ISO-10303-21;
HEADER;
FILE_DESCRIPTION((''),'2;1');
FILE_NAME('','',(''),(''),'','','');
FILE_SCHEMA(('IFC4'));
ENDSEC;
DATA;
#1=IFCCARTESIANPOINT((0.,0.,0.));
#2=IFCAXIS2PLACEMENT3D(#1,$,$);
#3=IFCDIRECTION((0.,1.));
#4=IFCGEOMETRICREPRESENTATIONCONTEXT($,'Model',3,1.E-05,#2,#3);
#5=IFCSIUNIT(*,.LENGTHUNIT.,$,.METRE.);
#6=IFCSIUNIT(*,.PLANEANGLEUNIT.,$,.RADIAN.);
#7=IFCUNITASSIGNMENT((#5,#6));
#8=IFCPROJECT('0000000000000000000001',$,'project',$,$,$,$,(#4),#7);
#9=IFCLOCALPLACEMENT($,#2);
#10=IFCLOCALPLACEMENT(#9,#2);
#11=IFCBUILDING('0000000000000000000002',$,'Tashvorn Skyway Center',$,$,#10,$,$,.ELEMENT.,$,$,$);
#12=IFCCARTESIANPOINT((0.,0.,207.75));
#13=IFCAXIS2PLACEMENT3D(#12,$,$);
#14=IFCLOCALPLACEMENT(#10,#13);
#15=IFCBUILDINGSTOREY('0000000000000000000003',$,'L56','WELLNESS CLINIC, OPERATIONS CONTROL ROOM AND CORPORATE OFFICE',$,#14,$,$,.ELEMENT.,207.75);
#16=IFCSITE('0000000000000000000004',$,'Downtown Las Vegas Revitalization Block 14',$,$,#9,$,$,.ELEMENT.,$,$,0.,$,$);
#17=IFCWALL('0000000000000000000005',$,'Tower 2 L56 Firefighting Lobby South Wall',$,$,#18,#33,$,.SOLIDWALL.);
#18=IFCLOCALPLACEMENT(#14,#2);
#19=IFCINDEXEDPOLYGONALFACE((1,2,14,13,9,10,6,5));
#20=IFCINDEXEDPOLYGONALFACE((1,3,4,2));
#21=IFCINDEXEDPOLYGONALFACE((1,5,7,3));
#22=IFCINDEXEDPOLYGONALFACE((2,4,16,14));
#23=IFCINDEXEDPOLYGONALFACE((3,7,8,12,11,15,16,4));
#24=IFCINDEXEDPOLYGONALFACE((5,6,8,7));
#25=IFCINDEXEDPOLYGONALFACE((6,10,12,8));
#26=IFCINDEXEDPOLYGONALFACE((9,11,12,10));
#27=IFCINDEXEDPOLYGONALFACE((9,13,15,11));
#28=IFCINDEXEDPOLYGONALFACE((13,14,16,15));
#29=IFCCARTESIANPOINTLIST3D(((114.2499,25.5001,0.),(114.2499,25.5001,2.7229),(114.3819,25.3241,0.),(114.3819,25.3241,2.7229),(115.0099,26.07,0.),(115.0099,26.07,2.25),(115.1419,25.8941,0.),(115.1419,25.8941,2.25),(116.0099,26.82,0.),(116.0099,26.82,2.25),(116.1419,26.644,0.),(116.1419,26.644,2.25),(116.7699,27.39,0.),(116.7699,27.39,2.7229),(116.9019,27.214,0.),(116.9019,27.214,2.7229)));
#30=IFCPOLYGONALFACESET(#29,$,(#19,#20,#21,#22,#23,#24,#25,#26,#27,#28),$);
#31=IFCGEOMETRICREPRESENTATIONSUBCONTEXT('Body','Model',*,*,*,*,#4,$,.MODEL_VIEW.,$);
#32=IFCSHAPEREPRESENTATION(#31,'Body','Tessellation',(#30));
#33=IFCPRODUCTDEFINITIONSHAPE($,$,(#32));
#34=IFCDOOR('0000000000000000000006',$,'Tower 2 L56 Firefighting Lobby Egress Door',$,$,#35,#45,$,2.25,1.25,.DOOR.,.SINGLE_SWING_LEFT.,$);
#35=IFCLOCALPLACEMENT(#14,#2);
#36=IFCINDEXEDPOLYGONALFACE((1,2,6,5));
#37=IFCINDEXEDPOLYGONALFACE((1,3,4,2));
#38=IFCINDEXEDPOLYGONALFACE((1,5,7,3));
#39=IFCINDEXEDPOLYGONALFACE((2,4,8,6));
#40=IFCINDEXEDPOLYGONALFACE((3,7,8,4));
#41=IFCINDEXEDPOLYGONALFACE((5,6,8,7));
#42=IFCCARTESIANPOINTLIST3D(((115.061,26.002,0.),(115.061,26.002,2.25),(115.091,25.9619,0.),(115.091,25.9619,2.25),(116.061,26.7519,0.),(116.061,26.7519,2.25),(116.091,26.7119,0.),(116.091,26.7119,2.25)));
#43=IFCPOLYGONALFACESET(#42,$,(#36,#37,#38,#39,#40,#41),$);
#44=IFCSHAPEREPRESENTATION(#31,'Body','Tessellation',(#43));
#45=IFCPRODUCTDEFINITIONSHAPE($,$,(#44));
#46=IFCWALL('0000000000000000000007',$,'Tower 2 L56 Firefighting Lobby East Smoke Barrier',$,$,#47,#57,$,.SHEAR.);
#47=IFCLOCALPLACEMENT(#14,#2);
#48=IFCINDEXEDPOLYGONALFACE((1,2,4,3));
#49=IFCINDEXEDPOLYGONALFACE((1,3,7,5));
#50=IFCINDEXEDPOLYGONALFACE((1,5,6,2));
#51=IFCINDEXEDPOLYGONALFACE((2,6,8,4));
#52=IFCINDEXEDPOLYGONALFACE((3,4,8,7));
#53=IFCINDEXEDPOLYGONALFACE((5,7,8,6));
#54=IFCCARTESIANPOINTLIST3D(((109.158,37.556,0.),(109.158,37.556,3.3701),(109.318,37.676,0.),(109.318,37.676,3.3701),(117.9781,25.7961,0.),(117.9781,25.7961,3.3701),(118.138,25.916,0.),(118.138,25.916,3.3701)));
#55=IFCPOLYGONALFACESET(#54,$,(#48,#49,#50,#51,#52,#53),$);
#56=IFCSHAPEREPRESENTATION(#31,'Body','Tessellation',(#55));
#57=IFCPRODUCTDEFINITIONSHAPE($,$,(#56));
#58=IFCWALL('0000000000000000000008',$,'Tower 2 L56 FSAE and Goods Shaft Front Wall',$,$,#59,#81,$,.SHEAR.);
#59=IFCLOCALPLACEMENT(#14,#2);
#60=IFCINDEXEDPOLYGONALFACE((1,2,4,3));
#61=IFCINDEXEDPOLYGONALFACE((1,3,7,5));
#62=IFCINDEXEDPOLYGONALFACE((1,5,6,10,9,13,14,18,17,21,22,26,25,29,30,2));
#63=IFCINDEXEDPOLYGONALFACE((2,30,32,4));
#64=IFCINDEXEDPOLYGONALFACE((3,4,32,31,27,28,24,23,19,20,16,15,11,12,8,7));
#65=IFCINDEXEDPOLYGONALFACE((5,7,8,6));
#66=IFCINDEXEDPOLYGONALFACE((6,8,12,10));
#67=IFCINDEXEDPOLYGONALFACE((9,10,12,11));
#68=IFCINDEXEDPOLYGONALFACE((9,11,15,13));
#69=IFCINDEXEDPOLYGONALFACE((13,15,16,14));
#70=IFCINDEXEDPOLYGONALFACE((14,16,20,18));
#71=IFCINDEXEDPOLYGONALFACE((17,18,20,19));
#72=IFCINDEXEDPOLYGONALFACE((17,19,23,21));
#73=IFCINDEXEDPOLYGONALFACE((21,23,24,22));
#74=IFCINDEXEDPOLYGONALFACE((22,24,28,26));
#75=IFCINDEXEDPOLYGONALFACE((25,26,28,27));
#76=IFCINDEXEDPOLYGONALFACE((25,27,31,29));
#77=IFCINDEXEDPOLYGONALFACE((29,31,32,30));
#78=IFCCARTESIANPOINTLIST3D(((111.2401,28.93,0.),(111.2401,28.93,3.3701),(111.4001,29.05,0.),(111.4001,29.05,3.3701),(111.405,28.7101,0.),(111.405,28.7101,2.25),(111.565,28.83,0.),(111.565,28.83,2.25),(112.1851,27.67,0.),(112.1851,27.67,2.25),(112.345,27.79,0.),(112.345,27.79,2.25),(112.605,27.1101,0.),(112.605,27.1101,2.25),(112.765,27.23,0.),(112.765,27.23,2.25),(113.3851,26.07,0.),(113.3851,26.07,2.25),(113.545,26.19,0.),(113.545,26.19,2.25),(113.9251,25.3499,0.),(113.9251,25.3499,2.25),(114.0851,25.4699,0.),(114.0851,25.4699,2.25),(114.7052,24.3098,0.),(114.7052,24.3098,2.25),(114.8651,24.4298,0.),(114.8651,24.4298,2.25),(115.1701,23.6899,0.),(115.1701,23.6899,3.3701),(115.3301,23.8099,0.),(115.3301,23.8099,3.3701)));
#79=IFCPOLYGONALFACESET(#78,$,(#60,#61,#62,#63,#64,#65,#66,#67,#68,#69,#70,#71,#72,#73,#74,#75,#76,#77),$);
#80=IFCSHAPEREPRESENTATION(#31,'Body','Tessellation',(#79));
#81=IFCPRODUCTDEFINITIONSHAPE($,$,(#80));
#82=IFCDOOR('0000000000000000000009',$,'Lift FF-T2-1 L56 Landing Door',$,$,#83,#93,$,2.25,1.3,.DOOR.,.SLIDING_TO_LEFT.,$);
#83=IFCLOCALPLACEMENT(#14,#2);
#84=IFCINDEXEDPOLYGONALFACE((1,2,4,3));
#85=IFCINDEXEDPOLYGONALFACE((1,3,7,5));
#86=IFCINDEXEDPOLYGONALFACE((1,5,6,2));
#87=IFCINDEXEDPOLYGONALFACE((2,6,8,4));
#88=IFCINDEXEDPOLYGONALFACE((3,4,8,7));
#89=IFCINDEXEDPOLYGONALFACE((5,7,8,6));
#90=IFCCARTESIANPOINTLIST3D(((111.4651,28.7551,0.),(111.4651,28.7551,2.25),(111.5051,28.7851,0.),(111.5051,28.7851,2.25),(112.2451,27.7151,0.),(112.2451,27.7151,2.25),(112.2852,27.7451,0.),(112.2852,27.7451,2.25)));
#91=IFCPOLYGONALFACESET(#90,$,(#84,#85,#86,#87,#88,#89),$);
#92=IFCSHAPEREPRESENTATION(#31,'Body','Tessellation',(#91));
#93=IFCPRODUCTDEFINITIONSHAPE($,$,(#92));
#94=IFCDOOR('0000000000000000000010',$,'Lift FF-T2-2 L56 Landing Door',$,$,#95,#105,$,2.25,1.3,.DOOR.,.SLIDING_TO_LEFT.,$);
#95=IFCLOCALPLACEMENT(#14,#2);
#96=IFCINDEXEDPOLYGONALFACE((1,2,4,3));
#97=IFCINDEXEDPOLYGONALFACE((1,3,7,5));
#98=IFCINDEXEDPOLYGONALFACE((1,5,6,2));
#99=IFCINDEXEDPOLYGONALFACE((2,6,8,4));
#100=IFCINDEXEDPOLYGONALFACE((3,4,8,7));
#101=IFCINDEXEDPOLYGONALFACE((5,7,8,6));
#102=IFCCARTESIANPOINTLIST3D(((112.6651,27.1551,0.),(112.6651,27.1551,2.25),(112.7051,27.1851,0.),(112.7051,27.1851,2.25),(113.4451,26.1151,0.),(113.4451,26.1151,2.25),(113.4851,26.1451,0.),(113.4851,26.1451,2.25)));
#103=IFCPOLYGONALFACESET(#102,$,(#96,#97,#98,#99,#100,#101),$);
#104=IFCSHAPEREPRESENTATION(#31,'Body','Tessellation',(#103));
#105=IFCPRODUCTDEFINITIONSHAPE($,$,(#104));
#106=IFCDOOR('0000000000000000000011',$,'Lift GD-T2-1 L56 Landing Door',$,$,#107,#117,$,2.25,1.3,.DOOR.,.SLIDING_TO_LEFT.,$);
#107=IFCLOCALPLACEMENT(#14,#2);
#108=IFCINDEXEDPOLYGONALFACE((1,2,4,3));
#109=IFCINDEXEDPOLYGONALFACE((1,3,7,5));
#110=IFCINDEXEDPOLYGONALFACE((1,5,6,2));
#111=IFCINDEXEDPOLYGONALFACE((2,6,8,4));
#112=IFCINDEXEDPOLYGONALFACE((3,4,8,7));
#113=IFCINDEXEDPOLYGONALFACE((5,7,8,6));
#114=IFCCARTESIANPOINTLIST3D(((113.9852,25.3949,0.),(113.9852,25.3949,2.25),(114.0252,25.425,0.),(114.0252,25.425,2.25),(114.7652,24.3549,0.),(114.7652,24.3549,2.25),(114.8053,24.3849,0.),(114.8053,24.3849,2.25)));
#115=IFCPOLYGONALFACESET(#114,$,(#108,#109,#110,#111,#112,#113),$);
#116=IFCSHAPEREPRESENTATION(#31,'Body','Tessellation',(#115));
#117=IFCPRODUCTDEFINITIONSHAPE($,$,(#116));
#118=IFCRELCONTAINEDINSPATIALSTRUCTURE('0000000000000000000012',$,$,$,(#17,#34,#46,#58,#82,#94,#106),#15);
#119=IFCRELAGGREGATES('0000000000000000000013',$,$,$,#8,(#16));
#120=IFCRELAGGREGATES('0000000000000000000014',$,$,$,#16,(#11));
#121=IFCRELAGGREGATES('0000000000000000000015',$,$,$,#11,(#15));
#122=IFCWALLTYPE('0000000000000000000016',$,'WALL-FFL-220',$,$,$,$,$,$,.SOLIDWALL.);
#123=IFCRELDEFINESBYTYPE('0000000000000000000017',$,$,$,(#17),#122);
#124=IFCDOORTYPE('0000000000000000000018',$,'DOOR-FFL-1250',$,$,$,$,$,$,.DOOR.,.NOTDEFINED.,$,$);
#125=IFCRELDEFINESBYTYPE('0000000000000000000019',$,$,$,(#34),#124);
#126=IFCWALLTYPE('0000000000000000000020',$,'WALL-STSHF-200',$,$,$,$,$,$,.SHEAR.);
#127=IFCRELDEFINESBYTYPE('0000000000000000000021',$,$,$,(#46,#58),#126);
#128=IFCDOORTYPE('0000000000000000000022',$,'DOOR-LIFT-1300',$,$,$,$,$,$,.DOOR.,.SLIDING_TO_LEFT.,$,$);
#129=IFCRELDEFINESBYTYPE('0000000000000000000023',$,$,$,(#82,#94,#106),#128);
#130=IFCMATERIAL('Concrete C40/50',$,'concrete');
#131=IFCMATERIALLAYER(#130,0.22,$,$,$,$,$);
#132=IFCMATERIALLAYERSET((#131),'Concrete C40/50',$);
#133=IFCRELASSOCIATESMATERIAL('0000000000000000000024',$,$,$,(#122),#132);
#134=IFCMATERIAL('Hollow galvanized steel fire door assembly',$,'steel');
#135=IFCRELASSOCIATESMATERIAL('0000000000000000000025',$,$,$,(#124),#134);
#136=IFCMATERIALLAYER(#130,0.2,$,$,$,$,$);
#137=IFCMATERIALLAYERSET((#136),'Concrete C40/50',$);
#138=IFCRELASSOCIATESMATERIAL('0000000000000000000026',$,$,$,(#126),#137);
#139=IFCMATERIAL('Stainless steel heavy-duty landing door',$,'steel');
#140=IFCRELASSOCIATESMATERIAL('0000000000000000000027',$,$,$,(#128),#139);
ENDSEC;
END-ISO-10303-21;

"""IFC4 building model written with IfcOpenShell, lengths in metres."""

from ifc_helpers import new_model, si_unit, direction, frame, frame_2d, origin, place, context, subcontext, project, spatial, rectangle, extrude, material, layer, layer_set, type_object, element, fill, save


model = new_model("IFC4")

# Units and contexts
model_context = context("Model", 3, precision=1e-05, world=origin(), true_north=direction((0.0, 1.0)))
body_context = subcontext(model_context, "Body", "Model", "MODEL_VIEW")
ifc_project = project(units=[si_unit("LENGTHUNIT", "METRE"), si_unit("PLANEANGLEUNIT", "RADIAN")], contexts=[model_context])

# Site, building, storey
site_placement = place(None, origin())
site = spatial("IfcSite", under=ifc_project, at=site_placement, Name="Downtown Las Vegas Revitalization Block 14", CompositionType="ELEMENT", RefElevation=0.0)
building_placement = place(site_placement, origin())
building = spatial("IfcBuilding", under=site, at=building_placement, Name="Tashvorn Skyway Center", CompositionType="ELEMENT")
storey_placement = place(building_placement, frame((0.0, 0.0, 207.75)))
storey = spatial("IfcBuildingStorey", under=building, at=storey_placement, Name="L56", Description="WELLNESS CLINIC, OPERATIONS CONTROL ROOM AND CORPORATE OFFICE", CompositionType="ELEMENT", Elevation=207.75)

# Wall, opening, door
ifc_material_1 = material(Name="Concrete C40/50", Category="concrete")
ifc_layer_1 = layer(ifc_material_1, 0.22)
ifc_layer_set_1 = layer_set([ifc_layer_1], Name="Concrete C40/50")
wall_type_1 = type_object("IfcWallType", Name="WALL-FFL-220", PredefinedType="SOLIDWALL", material=ifc_layer_set_1)
wall_1_placement = place(storey_placement, frame((114.3159, 25.4121, 0.0), z_axis=(0.0, 0.0, 1.0), x_axis=(0.800019, 0.599975, 0.0)))
wall_1 = element("IfcWall", 1, at=wall_1_placement, inside=storey, type_object=wall_type_1, Name="Tower 2 L56 Firefighting Lobby South Wall", PredefinedType="SOLIDWALL", context=body_context, shape_type="SweptSolid", body=[
    extrude(rectangle(XDim=3.1499, YDim=0.22, at=frame_2d((1.575, 0.0))), origin(), (0.0, 0.0, 1.0), 2.7229),
])
opening_1_placement = place(wall_1_placement, frame((0.95, 0.0, 0.0)))
opening_1 = element("IfcOpeningElement", 2, at=opening_1_placement, cuts=wall_1, PredefinedType="OPENING", context=body_context, shape_type="SweptSolid", body=[
    extrude(rectangle(XDim=1.25, YDim=2.25, at=frame_2d((0.625, 1.125))), frame((0.0, 0.1199, 0.0), z_axis=(0.0, -1.0, 0.0), x_axis=(1.0, 0.0, 0.0)), (0.0, 0.0, 1.0), 0.24),
])
ifc_material_2 = material(Name="Hollow galvanized steel fire door assembly", Category="steel")
door_type_1 = type_object("IfcDoorType", Name="DOOR-FFL-1250", OperationType="NOTDEFINED", PredefinedType="DOOR", material=ifc_material_2)
door_1_placement = place(opening_1_placement, origin())
door_1 = element("IfcDoor", 3, at=door_1_placement, inside=storey, type_object=door_type_1, Name="Tower 2 L56 Firefighting Lobby Egress Door", OperationType="SINGLE_SWING_LEFT", OverallHeight=2.25, OverallWidth=1.25, PredefinedType="DOOR", context=body_context, shape_type="SweptSolid", body=[
    extrude(rectangle(XDim=1.25, YDim=2.25, at=frame_2d((0.625, 1.125))), frame((0.0, 0.0249, 0.0), z_axis=(0.0, -1.0, 0.0), x_axis=(1.0, 0.0, 0.0)), (0.0, 0.0, 1.0), 0.05),
])
fill(opening_1, door_1)

# Wall
ifc_layer_2 = layer(ifc_material_1, 0.2)
ifc_layer_set_2 = layer_set([ifc_layer_2], Name="Concrete C40/50")
wall_type_2 = type_object("IfcWallType", Name="WALL-STSHF-200", PredefinedType="SHEAR", material=ifc_layer_set_2)
wall_2_placement = place(storey_placement, frame((118.0581, 25.856, 0.0), z_axis=(0.0, 0.0, 1.0), x_axis=(-0.600003, 0.799998, 0.0)))
element("IfcWall", 4, at=wall_2_placement, inside=storey, type_object=wall_type_2, Name="Tower 2 L56 Firefighting Lobby East Smoke Barrier", PredefinedType="SHEAR", context=body_context, shape_type="SweptSolid", body=[
    extrude(rectangle(XDim=14.7, YDim=0.2, at=frame_2d((7.3501, 0.0))), origin(), (0.0, 0.0, 1.0), 3.3701),
])

# Wall, openings, doors
wall_3_placement = place(storey_placement, frame((115.25, 23.75, 0.0), z_axis=(0.0, 0.0, 1.0), x_axis=(-0.599994, 0.800004, 0.0)))
wall_3 = element("IfcWall", 5, at=wall_3_placement, inside=storey, type_object=wall_type_2, Name="Tower 2 L56 FSAE and Goods Shaft Front Wall", PredefinedType="SHEAR", context=body_context, shape_type="SweptSolid", body=[
    extrude(rectangle(XDim=6.55, YDim=0.2, at=frame_2d((3.2749, 0.0))), origin(), (0.0, 0.0, 1.0), 3.3701),
])
opening_2_placement = place(wall_3_placement, frame((4.9751, 0.0, 0.0)))
opening_2 = element("IfcOpeningElement", 6, at=opening_2_placement, cuts=wall_3, PredefinedType="OPENING", context=body_context, shape_type="SweptSolid", body=[
    extrude(rectangle(XDim=1.3, YDim=2.25, at=frame_2d((0.6499, 1.125))), frame((0.0, 0.1099, 0.0), z_axis=(0.0, -1.0, 0.0), x_axis=(1.0, 0.0, 0.0)), (0.0, 0.0, 1.0), 0.22),
])
opening_3_placement = place(wall_3_placement, frame((2.9751, 0.0, 0.0)))
opening_3 = element("IfcOpeningElement", 7, at=opening_3_placement, cuts=wall_3, PredefinedType="OPENING", context=body_context, shape_type="SweptSolid", body=[
    extrude(rectangle(XDim=1.3, YDim=2.25, at=frame_2d((0.6499, 1.125))), frame((0.0, 0.1099, 0.0), z_axis=(0.0, -1.0, 0.0), x_axis=(1.0, 0.0, 0.0)), (0.0, 0.0, 1.0), 0.22),
])
opening_4_placement = place(wall_3_placement, frame((0.7749, 0.0, 0.0)))
opening_4 = element("IfcOpeningElement", 8, at=opening_4_placement, cuts=wall_3, PredefinedType="OPENING", context=body_context, shape_type="SweptSolid", body=[
    extrude(rectangle(XDim=1.3, YDim=2.25, at=frame_2d((0.6499, 1.125))), frame((0.0, 0.1099, 0.0), z_axis=(0.0, -1.0, 0.0), x_axis=(1.0, 0.0, 0.0)), (0.0, 0.0, 1.0), 0.22),
])
ifc_material_3 = material(Name="Stainless steel heavy-duty landing door", Category="steel")
door_type_2 = type_object("IfcDoorType", Name="DOOR-LIFT-1300", OperationType="SLIDING_TO_LEFT", PredefinedType="DOOR", material=ifc_material_3)
door_2_placement = place(opening_2_placement, origin())
door_2 = element("IfcDoor", 9, at=door_2_placement, inside=storey, type_object=door_type_2, Name="Lift FF-T2-1 L56 Landing Door", OperationType="SLIDING_TO_LEFT", OverallHeight=2.25, OverallWidth=1.3, PredefinedType="DOOR", context=body_context, shape_type="SweptSolid", body=[
    extrude(rectangle(XDim=1.3, YDim=2.25, at=frame_2d((0.6499, 1.125))), frame((0.0, 0.0249, 0.0), z_axis=(0.0, -1.0, 0.0), x_axis=(1.0, 0.0, 0.0)), (0.0, 0.0, 1.0), 0.05),
])
fill(opening_2, door_2)
door_3_placement = place(opening_3_placement, origin())
door_3 = element("IfcDoor", 10, at=door_3_placement, inside=storey, type_object=door_type_2, Name="Lift FF-T2-2 L56 Landing Door", OperationType="SLIDING_TO_LEFT", OverallHeight=2.25, OverallWidth=1.3, PredefinedType="DOOR", context=body_context, shape_type="SweptSolid", body=[
    extrude(rectangle(XDim=1.3, YDim=2.25, at=frame_2d((0.6499, 1.125))), frame((0.0, 0.0249, 0.0), z_axis=(0.0, -1.0, 0.0), x_axis=(1.0, 0.0, 0.0)), (0.0, 0.0, 1.0), 0.05),
])
fill(opening_3, door_3)
door_4_placement = place(opening_4_placement, origin())
door_4 = element("IfcDoor", 11, at=door_4_placement, inside=storey, type_object=door_type_2, Name="Lift GD-T2-1 L56 Landing Door", OperationType="SLIDING_TO_LEFT", OverallHeight=2.25, OverallWidth=1.3, PredefinedType="DOOR", context=body_context, shape_type="SweptSolid", body=[
    extrude(rectangle(XDim=1.3, YDim=2.25, at=frame_2d((0.6499, 1.125))), frame((0.0, 0.0249, 0.0), z_axis=(0.0, -1.0, 0.0), x_axis=(1.0, 0.0, 0.0)), (0.0, 0.0, 1.0), 0.05),
])
fill(opening_4, door_4)

save(model, "model.ifc")
